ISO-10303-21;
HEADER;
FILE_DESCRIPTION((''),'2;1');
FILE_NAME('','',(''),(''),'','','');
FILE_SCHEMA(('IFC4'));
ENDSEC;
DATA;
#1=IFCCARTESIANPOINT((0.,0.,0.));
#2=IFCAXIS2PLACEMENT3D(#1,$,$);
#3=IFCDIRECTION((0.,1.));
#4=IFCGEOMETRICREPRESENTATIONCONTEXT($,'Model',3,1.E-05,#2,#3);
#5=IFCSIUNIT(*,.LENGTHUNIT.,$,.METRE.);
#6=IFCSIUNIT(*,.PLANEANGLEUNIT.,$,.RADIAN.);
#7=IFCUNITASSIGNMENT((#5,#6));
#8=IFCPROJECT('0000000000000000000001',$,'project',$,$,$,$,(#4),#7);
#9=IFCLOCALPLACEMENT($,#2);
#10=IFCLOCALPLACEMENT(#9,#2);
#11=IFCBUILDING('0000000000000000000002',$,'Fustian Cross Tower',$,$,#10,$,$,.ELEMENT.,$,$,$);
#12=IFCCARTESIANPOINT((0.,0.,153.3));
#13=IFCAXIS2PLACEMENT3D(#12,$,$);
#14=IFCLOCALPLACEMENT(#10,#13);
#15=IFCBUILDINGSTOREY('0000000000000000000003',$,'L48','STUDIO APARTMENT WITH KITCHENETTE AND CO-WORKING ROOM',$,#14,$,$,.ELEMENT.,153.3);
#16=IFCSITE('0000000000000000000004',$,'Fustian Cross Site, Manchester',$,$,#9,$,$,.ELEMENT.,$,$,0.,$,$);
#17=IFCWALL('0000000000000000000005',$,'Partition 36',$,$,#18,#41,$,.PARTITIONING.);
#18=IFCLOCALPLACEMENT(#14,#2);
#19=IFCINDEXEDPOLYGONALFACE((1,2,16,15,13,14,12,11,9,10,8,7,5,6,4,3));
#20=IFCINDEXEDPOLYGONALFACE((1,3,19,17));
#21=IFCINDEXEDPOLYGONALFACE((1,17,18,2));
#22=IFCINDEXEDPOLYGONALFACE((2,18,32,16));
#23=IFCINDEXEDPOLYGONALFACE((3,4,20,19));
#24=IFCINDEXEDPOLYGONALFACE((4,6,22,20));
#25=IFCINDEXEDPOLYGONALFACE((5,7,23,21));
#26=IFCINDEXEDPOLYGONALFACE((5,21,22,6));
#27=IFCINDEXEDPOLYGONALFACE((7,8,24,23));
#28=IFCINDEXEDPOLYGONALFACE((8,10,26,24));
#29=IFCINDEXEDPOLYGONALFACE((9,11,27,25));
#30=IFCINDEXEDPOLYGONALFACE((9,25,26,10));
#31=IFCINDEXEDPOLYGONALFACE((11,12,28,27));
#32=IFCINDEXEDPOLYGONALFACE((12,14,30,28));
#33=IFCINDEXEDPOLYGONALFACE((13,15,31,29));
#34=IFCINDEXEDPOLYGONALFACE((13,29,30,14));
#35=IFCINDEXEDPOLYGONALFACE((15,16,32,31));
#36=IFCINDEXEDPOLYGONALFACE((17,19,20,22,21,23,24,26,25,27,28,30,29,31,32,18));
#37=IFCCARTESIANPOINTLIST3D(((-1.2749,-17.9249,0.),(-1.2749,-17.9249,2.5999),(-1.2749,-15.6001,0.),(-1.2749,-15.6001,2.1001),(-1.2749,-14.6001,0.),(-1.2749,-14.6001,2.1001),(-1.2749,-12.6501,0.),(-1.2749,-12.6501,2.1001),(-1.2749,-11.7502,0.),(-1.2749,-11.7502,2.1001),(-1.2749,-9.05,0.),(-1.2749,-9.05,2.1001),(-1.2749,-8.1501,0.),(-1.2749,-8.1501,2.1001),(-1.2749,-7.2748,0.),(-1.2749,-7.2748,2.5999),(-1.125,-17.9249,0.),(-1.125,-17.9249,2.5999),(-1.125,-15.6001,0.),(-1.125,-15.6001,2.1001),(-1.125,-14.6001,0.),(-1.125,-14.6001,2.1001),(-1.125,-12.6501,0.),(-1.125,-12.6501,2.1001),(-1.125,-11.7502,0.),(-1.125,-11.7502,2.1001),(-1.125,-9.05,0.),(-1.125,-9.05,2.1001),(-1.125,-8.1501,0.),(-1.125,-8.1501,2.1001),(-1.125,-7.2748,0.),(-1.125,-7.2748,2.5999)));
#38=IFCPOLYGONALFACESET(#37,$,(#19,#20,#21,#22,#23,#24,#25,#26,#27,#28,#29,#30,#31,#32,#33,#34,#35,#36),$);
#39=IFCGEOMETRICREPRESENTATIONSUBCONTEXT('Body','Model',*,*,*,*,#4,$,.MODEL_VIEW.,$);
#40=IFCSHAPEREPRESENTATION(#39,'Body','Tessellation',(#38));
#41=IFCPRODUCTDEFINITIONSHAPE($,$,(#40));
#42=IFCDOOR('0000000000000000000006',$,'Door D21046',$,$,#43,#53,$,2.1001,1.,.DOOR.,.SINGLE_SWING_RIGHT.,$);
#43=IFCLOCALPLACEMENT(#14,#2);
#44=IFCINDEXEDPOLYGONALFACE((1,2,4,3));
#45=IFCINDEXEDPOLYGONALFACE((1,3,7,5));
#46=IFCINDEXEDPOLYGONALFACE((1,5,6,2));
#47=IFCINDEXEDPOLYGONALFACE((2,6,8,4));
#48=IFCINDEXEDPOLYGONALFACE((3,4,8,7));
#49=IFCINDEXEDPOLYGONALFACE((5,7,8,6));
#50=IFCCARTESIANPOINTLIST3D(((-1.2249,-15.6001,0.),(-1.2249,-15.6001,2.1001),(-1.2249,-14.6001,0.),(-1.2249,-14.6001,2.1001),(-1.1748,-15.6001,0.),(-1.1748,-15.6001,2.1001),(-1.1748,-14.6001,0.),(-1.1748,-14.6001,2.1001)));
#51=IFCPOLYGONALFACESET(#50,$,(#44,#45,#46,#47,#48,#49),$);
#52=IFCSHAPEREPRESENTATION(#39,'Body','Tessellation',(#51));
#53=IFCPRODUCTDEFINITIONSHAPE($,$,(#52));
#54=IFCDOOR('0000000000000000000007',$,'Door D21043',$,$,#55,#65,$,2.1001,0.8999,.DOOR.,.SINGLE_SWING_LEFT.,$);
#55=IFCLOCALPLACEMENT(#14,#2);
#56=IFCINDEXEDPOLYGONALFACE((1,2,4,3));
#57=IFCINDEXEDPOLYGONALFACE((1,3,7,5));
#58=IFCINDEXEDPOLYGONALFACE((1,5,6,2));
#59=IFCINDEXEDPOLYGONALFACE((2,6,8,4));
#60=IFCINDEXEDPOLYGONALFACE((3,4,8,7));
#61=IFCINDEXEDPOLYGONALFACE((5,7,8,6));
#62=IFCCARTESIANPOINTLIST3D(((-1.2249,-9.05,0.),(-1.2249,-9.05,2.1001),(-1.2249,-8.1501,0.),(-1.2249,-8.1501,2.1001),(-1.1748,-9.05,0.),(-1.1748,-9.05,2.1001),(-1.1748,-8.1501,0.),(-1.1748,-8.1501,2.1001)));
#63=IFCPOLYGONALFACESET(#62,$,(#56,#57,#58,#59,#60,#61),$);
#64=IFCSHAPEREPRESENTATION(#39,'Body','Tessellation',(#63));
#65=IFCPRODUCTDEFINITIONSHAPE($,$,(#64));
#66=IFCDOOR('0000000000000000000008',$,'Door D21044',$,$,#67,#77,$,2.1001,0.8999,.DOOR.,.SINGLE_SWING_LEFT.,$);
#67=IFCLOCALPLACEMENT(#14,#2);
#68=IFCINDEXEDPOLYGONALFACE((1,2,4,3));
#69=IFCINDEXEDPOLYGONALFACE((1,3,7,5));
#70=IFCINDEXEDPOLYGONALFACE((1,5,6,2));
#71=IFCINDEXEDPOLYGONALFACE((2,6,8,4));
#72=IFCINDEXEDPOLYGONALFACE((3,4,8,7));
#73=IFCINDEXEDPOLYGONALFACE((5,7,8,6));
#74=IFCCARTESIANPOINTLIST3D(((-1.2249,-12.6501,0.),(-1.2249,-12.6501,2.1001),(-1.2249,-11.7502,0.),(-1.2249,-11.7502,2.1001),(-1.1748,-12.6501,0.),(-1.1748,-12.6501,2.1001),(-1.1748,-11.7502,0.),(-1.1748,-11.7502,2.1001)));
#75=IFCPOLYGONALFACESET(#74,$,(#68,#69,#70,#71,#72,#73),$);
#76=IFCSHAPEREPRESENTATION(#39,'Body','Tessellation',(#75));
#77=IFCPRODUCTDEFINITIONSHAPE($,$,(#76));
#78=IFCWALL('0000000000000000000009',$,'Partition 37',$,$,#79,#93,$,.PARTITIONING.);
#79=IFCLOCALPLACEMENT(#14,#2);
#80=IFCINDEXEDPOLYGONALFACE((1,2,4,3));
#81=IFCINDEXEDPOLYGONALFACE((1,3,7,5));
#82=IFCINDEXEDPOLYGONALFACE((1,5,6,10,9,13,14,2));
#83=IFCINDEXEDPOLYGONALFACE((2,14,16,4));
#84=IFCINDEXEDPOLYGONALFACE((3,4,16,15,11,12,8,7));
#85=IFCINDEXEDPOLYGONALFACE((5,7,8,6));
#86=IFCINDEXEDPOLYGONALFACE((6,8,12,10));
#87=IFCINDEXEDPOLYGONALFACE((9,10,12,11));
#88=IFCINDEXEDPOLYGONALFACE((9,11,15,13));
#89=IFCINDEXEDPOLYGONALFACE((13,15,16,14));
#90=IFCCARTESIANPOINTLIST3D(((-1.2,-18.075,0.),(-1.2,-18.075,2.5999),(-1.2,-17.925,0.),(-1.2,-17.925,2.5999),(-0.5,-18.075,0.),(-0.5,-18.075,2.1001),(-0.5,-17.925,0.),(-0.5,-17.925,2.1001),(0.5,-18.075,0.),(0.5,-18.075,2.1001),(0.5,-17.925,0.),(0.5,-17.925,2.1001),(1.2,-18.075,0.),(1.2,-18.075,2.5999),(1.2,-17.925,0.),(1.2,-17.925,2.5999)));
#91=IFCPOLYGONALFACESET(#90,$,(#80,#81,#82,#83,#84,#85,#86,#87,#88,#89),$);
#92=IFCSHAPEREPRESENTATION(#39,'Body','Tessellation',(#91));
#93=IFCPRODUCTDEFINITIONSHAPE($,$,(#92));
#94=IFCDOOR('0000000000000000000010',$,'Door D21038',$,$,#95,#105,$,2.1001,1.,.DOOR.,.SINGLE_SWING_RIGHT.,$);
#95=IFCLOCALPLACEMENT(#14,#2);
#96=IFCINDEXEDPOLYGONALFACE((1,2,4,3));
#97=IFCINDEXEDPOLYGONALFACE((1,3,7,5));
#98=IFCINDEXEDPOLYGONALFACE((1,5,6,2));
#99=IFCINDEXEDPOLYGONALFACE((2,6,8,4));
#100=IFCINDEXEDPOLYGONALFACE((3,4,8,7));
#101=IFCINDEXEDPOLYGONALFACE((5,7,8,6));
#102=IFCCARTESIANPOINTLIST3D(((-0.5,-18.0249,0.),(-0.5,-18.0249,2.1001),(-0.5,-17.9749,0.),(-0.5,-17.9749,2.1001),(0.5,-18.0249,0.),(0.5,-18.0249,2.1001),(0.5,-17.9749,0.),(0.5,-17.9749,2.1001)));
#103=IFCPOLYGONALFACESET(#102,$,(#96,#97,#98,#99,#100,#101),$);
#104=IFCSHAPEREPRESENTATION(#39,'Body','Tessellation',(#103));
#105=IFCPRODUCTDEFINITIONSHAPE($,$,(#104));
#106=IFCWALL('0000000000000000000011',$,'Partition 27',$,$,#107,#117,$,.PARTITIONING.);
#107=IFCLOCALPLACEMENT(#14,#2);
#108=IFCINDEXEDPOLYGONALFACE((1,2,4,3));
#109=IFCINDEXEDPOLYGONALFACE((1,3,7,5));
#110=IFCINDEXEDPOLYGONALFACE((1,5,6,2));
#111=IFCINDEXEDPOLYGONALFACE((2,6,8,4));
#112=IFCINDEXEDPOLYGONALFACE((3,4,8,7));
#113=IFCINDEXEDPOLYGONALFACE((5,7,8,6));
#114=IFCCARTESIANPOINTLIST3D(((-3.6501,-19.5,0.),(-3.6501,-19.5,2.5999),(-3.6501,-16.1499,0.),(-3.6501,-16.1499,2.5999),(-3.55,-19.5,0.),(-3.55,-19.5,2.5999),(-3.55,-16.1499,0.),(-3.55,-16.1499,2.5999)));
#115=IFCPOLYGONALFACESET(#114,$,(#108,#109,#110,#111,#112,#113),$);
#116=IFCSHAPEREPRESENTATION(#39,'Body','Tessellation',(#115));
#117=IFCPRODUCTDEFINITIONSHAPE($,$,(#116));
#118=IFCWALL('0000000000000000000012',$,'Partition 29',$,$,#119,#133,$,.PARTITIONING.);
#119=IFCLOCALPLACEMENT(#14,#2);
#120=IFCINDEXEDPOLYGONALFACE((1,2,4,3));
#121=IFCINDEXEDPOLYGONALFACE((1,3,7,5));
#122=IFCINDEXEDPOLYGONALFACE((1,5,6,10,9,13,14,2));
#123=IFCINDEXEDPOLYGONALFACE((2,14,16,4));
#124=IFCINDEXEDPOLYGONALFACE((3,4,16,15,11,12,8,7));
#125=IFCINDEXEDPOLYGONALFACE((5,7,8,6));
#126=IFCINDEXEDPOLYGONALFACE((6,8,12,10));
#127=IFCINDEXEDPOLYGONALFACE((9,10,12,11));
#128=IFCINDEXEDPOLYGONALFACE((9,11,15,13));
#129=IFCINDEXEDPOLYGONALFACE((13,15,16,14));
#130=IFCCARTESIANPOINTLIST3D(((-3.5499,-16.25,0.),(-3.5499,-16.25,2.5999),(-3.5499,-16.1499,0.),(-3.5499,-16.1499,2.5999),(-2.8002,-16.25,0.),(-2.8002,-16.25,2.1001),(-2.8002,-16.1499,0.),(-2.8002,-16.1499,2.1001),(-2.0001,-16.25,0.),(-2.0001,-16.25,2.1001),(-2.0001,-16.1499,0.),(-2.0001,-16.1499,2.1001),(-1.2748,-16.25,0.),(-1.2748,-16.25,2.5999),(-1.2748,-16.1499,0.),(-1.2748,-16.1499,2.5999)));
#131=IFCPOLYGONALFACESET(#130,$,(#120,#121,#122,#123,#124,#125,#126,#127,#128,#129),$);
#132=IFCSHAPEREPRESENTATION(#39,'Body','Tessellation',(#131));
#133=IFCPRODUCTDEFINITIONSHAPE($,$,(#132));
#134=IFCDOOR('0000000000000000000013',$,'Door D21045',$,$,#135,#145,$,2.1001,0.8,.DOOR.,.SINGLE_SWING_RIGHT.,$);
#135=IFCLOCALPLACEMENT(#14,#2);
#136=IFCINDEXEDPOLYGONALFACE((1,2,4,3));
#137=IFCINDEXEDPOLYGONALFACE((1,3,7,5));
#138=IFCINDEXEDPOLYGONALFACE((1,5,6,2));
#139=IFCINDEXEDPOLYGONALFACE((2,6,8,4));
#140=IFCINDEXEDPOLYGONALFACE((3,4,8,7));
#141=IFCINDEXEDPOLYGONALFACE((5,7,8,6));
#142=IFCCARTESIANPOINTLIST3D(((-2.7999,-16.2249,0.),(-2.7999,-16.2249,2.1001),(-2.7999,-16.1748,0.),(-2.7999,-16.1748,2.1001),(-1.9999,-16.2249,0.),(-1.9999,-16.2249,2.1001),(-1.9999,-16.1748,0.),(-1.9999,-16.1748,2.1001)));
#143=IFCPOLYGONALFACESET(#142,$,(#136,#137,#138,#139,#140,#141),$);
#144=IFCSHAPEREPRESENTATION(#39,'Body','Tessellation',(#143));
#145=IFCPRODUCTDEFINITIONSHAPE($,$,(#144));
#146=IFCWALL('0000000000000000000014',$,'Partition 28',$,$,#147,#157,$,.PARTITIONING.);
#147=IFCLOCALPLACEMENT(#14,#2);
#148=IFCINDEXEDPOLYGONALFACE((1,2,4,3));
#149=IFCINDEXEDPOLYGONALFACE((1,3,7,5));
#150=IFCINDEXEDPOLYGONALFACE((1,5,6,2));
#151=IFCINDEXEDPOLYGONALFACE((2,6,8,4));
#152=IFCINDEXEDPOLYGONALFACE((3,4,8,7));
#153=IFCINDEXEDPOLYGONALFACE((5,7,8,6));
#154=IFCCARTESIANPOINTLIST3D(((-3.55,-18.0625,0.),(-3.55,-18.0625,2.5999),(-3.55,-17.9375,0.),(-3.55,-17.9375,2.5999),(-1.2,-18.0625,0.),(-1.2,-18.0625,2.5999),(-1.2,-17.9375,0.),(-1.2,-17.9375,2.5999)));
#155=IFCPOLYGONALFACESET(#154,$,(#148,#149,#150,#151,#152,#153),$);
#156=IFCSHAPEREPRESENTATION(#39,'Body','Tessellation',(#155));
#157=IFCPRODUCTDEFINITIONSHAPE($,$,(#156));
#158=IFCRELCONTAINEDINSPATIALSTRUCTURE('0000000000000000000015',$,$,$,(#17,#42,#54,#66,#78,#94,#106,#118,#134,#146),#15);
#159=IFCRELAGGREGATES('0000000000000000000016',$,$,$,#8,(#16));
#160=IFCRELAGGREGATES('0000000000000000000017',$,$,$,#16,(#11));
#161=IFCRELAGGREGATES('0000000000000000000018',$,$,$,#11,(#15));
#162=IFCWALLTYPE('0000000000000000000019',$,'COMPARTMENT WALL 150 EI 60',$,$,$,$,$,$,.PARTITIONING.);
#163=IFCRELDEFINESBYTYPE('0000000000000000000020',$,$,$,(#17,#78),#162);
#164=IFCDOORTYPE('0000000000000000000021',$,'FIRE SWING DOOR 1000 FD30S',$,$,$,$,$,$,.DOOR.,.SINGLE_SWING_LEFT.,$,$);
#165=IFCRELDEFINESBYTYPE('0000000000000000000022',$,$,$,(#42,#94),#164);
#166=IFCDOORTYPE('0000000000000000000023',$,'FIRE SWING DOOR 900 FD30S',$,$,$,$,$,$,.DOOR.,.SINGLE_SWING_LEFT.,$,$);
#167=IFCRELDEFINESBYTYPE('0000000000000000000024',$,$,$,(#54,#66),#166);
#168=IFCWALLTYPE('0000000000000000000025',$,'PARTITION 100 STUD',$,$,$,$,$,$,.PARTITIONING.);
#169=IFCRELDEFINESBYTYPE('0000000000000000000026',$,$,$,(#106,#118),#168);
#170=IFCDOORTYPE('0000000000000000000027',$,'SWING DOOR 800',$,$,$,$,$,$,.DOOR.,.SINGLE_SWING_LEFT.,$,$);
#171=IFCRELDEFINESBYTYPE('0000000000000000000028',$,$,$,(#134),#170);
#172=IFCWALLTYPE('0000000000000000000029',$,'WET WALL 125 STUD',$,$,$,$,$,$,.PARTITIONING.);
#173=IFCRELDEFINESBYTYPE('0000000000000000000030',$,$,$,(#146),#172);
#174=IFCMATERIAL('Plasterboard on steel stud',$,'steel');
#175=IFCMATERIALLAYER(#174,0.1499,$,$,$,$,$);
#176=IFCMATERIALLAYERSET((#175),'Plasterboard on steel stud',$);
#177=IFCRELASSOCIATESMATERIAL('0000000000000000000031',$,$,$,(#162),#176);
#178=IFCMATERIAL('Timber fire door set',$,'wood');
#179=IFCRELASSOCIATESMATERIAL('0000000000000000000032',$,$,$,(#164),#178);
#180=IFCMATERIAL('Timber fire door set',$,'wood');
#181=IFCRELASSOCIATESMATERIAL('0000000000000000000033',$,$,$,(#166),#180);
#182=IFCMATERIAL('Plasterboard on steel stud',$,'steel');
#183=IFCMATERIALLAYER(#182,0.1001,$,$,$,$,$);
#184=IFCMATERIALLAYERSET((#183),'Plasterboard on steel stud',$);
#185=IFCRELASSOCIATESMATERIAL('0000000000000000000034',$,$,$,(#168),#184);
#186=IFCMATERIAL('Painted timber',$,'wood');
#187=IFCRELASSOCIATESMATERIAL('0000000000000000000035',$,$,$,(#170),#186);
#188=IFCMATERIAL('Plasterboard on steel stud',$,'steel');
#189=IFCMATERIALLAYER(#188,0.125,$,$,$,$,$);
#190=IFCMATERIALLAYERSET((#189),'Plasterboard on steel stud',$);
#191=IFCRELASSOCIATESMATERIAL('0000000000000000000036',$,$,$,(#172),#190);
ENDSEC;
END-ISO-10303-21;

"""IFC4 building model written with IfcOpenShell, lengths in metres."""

from ifc_helpers import new_model, si_unit, direction, frame, frame_2d, origin, place, context, subcontext, project, spatial, rectangle, extrude, material, layer, layer_set, type_object, element, fill, save


model = new_model("IFC4")

# Units and contexts
model_context = context("Model", 3, precision=1e-05, world=origin(), true_north=direction((0.0, 1.0)))
body_context = subcontext(model_context, "Body", "Model", "MODEL_VIEW")
ifc_project = project(units=[si_unit("LENGTHUNIT", "METRE"), si_unit("PLANEANGLEUNIT", "RADIAN")], contexts=[model_context])

# Site, building, storey
site_placement = place(None, origin())
site = spatial("IfcSite", under=ifc_project, at=site_placement, Name="Fustian Cross Site, Manchester", CompositionType="ELEMENT", RefElevation=0.0)
building_placement = place(site_placement, origin())
building = spatial("IfcBuilding", under=site, at=building_placement, Name="Fustian Cross Tower", CompositionType="ELEMENT")
storey_placement = place(building_placement, frame((0.0, 0.0, 153.3)))
storey = spatial("IfcBuildingStorey", under=building, at=storey_placement, Name="L48", Description="STUDIO APARTMENT WITH KITCHENETTE AND CO-WORKING ROOM", CompositionType="ELEMENT", Elevation=153.3)

# Wall, openings, doors
ifc_material_1 = material(Name="Plasterboard on steel stud", Category="steel")
ifc_layer_1 = layer(ifc_material_1, 0.1499)
ifc_layer_set_1 = layer_set([ifc_layer_1], Name="Plasterboard on steel stud")
wall_type_1 = type_object("IfcWallType", Name="COMPARTMENT WALL 150 EI 60", PredefinedType="PARTITIONING", material=ifc_layer_set_1)
wall_1_placement = place(storey_placement, frame((-1.2, -17.925, 0.0), z_axis=(0.0, 0.0, 1.0), x_axis=(0.0, 1.0, 0.0)))
wall_1 = element("IfcWall", 1, at=wall_1_placement, inside=storey, type_object=wall_type_1, Name="Partition 36", PredefinedType="PARTITIONING", context=body_context, shape_type="SweptSolid", body=[
    extrude(rectangle(XDim=10.6501, YDim=0.1499, at=frame_2d((5.3252, 0.0))), origin(), (0.0, 0.0, 1.0), 2.5999),
])
opening_1_placement = place(wall_1_placement, frame((8.875, 0.0, 0.0)))
opening_1 = element("IfcOpeningElement", 2, at=opening_1_placement, cuts=wall_1, PredefinedType="OPENING", context=body_context, shape_type="SweptSolid", body=[
    extrude(rectangle(XDim=0.8999, YDim=2.1001, at=frame_2d((0.45, 1.05))), frame((0.0, 0.085, 0.0), z_axis=(0.0, -1.0, 0.0), x_axis=(1.0, 0.0, 0.0)), (0.0, 0.0, 1.0), 0.1699),
])
opening_2_placement = place(wall_1_placement, frame((5.2749, 0.0, 0.0)))
opening_2 = element("IfcOpeningElement", 3, at=opening_2_placement, cuts=wall_1, PredefinedType="OPENING", context=body_context, shape_type="SweptSolid", body=[
    extrude(rectangle(XDim=0.8999, YDim=2.1001, at=frame_2d((0.45, 1.05))), frame((0.0, 0.085, 0.0), z_axis=(0.0, -1.0, 0.0), x_axis=(1.0, 0.0, 0.0)), (0.0, 0.0, 1.0), 0.1699),
])
opening_3_placement = place(wall_1_placement, frame((2.325, 0.0, 0.0)))
opening_3 = element("IfcOpeningElement", 4, at=opening_3_placement, cuts=wall_1, PredefinedType="OPENING", context=body_context, shape_type="SweptSolid", body=[
    extrude(rectangle(XDim=1.0, YDim=2.1001, at=frame_2d((0.5, 1.05))), frame((0.0, 0.085, 0.0), z_axis=(0.0, -1.0, 0.0), x_axis=(1.0, 0.0, 0.0)), (0.0, 0.0, 1.0), 0.1699),
])
ifc_material_2 = material(Name="Timber fire door set", Category="wood")
door_type_1 = type_object("IfcDoorType", Name="FIRE SWING DOOR 1000 FD30S", OperationType="SINGLE_SWING_LEFT", PredefinedType="DOOR", material=ifc_material_2)
door_1_placement = place(opening_3_placement, origin())
door_1 = element("IfcDoor", 5, at=door_1_placement, inside=storey, type_object=door_type_1, Name="Door D21046", OperationType="SINGLE_SWING_RIGHT", OverallHeight=2.1001, OverallWidth=1.0, PredefinedType="DOOR", context=body_context, shape_type="SweptSolid", body=[
    extrude(rectangle(XDim=1.0, YDim=2.1001, at=frame_2d((0.5, 1.05))), frame((0.0, 0.0249, 0.0), z_axis=(0.0, -1.0, 0.0), x_axis=(1.0, 0.0, 0.0)), (0.0, 0.0, 1.0), 0.05),
])
fill(opening_3, door_1)
ifc_material_3 = material(Name="Timber fire door set", Category="wood")
door_type_2 = type_object("IfcDoorType", Name="FIRE SWING DOOR 900 FD30S", OperationType="SINGLE_SWING_LEFT", PredefinedType="DOOR", material=ifc_material_3)
door_2_placement = place(opening_1_placement, origin())
door_2 = element("IfcDoor", 6, at=door_2_placement, inside=storey, type_object=door_type_2, Name="Door D21043", OperationType="SINGLE_SWING_LEFT", OverallHeight=2.1001, OverallWidth=0.8999, PredefinedType="DOOR", context=body_context, shape_type="SweptSolid", body=[
    extrude(rectangle(XDim=0.8999, YDim=2.1001, at=frame_2d((0.45, 1.05))), frame((0.0, 0.0249, 0.0), z_axis=(0.0, -1.0, 0.0), x_axis=(1.0, 0.0, 0.0)), (0.0, 0.0, 1.0), 0.05),
])
fill(opening_1, door_2)
door_3_placement = place(opening_2_placement, origin())
door_3 = element("IfcDoor", 7, at=door_3_placement, inside=storey, type_object=door_type_2, Name="Door D21044", OperationType="SINGLE_SWING_LEFT", OverallHeight=2.1001, OverallWidth=0.8999, PredefinedType="DOOR", context=body_context, shape_type="SweptSolid", body=[
    extrude(rectangle(XDim=0.8999, YDim=2.1001, at=frame_2d((0.45, 1.05))), frame((0.0, 0.0249, 0.0), z_axis=(0.0, -1.0, 0.0), x_axis=(1.0, 0.0, 0.0)), (0.0, 0.0, 1.0), 0.05),
])
fill(opening_2, door_3)

# Wall, opening, door
wall_2_placement = place(storey_placement, frame((-1.2, -18.0, 0.0), z_axis=(0.0, 0.0, 1.0), x_axis=(1.0, 0.0, 0.0)))
wall_2 = element("IfcWall", 8, at=wall_2_placement, inside=storey, type_object=wall_type_1, Name="Partition 37", PredefinedType="PARTITIONING", context=body_context, shape_type="SweptSolid", body=[
    extrude(rectangle(XDim=2.3999, YDim=0.1499, at=frame_2d((1.2, 0.0))), origin(), (0.0, 0.0, 1.0), 2.5999),
])
opening_4_placement = place(wall_2_placement, frame((0.7, 0.0, 0.0)))
opening_4 = element("IfcOpeningElement", 9, at=opening_4_placement, cuts=wall_2, PredefinedType="OPENING", context=body_context, shape_type="SweptSolid", body=[
    extrude(rectangle(XDim=1.0, YDim=2.1001, at=frame_2d((0.5, 1.05))), frame((0.0, 0.085, 0.0), z_axis=(0.0, -1.0, 0.0), x_axis=(1.0, 0.0, 0.0)), (0.0, 0.0, 1.0), 0.1699),
])
door_4_placement = place(opening_4_placement, frame((1.0, 0.0, 0.0), z_axis=(0.0, 0.0, 1.0), x_axis=(-1.0, 0.0, 0.0)))
door_4 = element("IfcDoor", 10, at=door_4_placement, inside=storey, type_object=door_type_1, Name="Door D21038", OperationType="SINGLE_SWING_RIGHT", OverallHeight=2.1001, OverallWidth=1.0, PredefinedType="DOOR", context=body_context, shape_type="SweptSolid", body=[
    extrude(rectangle(XDim=1.0, YDim=2.1001, at=frame_2d((0.5, 1.05))), frame((0.0, 0.0249, 0.0), z_axis=(0.0, -1.0, 0.0), x_axis=(1.0, 0.0, 0.0)), (0.0, 0.0, 1.0), 0.05),
])
fill(opening_4, door_4)

# Wall
ifc_material_4 = material(Name="Plasterboard on steel stud", Category="steel")
ifc_layer_2 = layer(ifc_material_4, 0.1001)
ifc_layer_set_2 = layer_set([ifc_layer_2], Name="Plasterboard on steel stud")
wall_type_2 = type_object("IfcWallType", Name="PARTITION 100 STUD", PredefinedType="PARTITIONING", material=ifc_layer_set_2)
wall_3_placement = place(storey_placement, frame((-3.6001, -19.5, 0.0), z_axis=(0.0, 0.0, 1.0), x_axis=(0.0, 1.0, 0.0)))
element("IfcWall", 11, at=wall_3_placement, inside=storey, type_object=wall_type_2, Name="Partition 27", PredefinedType="PARTITIONING", context=body_context, shape_type="SweptSolid", body=[
    extrude(rectangle(XDim=3.3501, YDim=0.1001, at=frame_2d((1.675, 0.0))), origin(), (0.0, 0.0, 1.0), 2.5999),
])

# Wall, opening, door
wall_4_placement = place(storey_placement, frame((-3.55, -16.2, 0.0), z_axis=(0.0, 0.0, 1.0), x_axis=(1.0, 0.0, 0.0)))
wall_4 = element("IfcWall", 12, at=wall_4_placement, inside=storey, type_object=wall_type_2, Name="Partition 29", PredefinedType="PARTITIONING", context=body_context, shape_type="SweptSolid", body=[
    extrude(rectangle(XDim=2.2751, YDim=0.1001, at=frame_2d((1.1377, 0.0))), origin(), (0.0, 0.0, 1.0), 2.5999),
])
opening_5_placement = place(wall_4_placement, frame((0.75, 0.0, 0.0)))
opening_5 = element("IfcOpeningElement", 13, at=opening_5_placement, cuts=wall_4, PredefinedType="OPENING", context=body_context, shape_type="SweptSolid", body=[
    extrude(rectangle(XDim=0.8, YDim=2.1001, at=frame_2d((0.3999, 1.05))), frame((0.0, 0.0601, 0.0), z_axis=(0.0, -1.0, 0.0), x_axis=(1.0, 0.0, 0.0)), (0.0, 0.0, 1.0), 0.1201),
])
ifc_material_5 = material(Name="Painted timber", Category="wood")
door_type_3 = type_object("IfcDoorType", Name="SWING DOOR 800", OperationType="SINGLE_SWING_LEFT", PredefinedType="DOOR", material=ifc_material_5)
door_5_placement = place(opening_5_placement, frame((0.8, 0.0, 0.0), z_axis=(0.0, 0.0, 1.0), x_axis=(-1.0, 0.0, 0.0)))
door_5 = element("IfcDoor", 14, at=door_5_placement, inside=storey, type_object=door_type_3, Name="Door D21045", OperationType="SINGLE_SWING_RIGHT", OverallHeight=2.1001, OverallWidth=0.8, PredefinedType="DOOR", context=body_context, shape_type="SweptSolid", body=[
    extrude(rectangle(XDim=0.8, YDim=2.1001, at=frame_2d((0.3999, 1.05))), frame((0.0, 0.0249, 0.0), z_axis=(0.0, -1.0, 0.0), x_axis=(1.0, 0.0, 0.0)), (0.0, 0.0, 1.0), 0.05),
])
fill(opening_5, door_5)

# Wall
ifc_material_6 = material(Name="Plasterboard on steel stud", Category="steel")
ifc_layer_3 = layer(ifc_material_6, 0.125)
ifc_layer_set_3 = layer_set([ifc_layer_3], Name="Plasterboard on steel stud")
wall_type_3 = type_object("IfcWallType", Name="WET WALL 125 STUD", PredefinedType="PARTITIONING", material=ifc_layer_set_3)
wall_5_placement = place(storey_placement, frame((-3.55, -18.0, 0.0), z_axis=(0.0, 0.0, 1.0), x_axis=(1.0, 0.0, 0.0)))
element("IfcWall", 15, at=wall_5_placement, inside=storey, type_object=wall_type_3, Name="Partition 28", PredefinedType="PARTITIONING", context=body_context, shape_type="SweptSolid", body=[
    extrude(rectangle(XDim=2.3501, YDim=0.125, at=frame_2d((1.175, 0.0))), origin(), (0.0, 0.0, 1.0), 2.5999),
])

save(model, "model.ifc")
